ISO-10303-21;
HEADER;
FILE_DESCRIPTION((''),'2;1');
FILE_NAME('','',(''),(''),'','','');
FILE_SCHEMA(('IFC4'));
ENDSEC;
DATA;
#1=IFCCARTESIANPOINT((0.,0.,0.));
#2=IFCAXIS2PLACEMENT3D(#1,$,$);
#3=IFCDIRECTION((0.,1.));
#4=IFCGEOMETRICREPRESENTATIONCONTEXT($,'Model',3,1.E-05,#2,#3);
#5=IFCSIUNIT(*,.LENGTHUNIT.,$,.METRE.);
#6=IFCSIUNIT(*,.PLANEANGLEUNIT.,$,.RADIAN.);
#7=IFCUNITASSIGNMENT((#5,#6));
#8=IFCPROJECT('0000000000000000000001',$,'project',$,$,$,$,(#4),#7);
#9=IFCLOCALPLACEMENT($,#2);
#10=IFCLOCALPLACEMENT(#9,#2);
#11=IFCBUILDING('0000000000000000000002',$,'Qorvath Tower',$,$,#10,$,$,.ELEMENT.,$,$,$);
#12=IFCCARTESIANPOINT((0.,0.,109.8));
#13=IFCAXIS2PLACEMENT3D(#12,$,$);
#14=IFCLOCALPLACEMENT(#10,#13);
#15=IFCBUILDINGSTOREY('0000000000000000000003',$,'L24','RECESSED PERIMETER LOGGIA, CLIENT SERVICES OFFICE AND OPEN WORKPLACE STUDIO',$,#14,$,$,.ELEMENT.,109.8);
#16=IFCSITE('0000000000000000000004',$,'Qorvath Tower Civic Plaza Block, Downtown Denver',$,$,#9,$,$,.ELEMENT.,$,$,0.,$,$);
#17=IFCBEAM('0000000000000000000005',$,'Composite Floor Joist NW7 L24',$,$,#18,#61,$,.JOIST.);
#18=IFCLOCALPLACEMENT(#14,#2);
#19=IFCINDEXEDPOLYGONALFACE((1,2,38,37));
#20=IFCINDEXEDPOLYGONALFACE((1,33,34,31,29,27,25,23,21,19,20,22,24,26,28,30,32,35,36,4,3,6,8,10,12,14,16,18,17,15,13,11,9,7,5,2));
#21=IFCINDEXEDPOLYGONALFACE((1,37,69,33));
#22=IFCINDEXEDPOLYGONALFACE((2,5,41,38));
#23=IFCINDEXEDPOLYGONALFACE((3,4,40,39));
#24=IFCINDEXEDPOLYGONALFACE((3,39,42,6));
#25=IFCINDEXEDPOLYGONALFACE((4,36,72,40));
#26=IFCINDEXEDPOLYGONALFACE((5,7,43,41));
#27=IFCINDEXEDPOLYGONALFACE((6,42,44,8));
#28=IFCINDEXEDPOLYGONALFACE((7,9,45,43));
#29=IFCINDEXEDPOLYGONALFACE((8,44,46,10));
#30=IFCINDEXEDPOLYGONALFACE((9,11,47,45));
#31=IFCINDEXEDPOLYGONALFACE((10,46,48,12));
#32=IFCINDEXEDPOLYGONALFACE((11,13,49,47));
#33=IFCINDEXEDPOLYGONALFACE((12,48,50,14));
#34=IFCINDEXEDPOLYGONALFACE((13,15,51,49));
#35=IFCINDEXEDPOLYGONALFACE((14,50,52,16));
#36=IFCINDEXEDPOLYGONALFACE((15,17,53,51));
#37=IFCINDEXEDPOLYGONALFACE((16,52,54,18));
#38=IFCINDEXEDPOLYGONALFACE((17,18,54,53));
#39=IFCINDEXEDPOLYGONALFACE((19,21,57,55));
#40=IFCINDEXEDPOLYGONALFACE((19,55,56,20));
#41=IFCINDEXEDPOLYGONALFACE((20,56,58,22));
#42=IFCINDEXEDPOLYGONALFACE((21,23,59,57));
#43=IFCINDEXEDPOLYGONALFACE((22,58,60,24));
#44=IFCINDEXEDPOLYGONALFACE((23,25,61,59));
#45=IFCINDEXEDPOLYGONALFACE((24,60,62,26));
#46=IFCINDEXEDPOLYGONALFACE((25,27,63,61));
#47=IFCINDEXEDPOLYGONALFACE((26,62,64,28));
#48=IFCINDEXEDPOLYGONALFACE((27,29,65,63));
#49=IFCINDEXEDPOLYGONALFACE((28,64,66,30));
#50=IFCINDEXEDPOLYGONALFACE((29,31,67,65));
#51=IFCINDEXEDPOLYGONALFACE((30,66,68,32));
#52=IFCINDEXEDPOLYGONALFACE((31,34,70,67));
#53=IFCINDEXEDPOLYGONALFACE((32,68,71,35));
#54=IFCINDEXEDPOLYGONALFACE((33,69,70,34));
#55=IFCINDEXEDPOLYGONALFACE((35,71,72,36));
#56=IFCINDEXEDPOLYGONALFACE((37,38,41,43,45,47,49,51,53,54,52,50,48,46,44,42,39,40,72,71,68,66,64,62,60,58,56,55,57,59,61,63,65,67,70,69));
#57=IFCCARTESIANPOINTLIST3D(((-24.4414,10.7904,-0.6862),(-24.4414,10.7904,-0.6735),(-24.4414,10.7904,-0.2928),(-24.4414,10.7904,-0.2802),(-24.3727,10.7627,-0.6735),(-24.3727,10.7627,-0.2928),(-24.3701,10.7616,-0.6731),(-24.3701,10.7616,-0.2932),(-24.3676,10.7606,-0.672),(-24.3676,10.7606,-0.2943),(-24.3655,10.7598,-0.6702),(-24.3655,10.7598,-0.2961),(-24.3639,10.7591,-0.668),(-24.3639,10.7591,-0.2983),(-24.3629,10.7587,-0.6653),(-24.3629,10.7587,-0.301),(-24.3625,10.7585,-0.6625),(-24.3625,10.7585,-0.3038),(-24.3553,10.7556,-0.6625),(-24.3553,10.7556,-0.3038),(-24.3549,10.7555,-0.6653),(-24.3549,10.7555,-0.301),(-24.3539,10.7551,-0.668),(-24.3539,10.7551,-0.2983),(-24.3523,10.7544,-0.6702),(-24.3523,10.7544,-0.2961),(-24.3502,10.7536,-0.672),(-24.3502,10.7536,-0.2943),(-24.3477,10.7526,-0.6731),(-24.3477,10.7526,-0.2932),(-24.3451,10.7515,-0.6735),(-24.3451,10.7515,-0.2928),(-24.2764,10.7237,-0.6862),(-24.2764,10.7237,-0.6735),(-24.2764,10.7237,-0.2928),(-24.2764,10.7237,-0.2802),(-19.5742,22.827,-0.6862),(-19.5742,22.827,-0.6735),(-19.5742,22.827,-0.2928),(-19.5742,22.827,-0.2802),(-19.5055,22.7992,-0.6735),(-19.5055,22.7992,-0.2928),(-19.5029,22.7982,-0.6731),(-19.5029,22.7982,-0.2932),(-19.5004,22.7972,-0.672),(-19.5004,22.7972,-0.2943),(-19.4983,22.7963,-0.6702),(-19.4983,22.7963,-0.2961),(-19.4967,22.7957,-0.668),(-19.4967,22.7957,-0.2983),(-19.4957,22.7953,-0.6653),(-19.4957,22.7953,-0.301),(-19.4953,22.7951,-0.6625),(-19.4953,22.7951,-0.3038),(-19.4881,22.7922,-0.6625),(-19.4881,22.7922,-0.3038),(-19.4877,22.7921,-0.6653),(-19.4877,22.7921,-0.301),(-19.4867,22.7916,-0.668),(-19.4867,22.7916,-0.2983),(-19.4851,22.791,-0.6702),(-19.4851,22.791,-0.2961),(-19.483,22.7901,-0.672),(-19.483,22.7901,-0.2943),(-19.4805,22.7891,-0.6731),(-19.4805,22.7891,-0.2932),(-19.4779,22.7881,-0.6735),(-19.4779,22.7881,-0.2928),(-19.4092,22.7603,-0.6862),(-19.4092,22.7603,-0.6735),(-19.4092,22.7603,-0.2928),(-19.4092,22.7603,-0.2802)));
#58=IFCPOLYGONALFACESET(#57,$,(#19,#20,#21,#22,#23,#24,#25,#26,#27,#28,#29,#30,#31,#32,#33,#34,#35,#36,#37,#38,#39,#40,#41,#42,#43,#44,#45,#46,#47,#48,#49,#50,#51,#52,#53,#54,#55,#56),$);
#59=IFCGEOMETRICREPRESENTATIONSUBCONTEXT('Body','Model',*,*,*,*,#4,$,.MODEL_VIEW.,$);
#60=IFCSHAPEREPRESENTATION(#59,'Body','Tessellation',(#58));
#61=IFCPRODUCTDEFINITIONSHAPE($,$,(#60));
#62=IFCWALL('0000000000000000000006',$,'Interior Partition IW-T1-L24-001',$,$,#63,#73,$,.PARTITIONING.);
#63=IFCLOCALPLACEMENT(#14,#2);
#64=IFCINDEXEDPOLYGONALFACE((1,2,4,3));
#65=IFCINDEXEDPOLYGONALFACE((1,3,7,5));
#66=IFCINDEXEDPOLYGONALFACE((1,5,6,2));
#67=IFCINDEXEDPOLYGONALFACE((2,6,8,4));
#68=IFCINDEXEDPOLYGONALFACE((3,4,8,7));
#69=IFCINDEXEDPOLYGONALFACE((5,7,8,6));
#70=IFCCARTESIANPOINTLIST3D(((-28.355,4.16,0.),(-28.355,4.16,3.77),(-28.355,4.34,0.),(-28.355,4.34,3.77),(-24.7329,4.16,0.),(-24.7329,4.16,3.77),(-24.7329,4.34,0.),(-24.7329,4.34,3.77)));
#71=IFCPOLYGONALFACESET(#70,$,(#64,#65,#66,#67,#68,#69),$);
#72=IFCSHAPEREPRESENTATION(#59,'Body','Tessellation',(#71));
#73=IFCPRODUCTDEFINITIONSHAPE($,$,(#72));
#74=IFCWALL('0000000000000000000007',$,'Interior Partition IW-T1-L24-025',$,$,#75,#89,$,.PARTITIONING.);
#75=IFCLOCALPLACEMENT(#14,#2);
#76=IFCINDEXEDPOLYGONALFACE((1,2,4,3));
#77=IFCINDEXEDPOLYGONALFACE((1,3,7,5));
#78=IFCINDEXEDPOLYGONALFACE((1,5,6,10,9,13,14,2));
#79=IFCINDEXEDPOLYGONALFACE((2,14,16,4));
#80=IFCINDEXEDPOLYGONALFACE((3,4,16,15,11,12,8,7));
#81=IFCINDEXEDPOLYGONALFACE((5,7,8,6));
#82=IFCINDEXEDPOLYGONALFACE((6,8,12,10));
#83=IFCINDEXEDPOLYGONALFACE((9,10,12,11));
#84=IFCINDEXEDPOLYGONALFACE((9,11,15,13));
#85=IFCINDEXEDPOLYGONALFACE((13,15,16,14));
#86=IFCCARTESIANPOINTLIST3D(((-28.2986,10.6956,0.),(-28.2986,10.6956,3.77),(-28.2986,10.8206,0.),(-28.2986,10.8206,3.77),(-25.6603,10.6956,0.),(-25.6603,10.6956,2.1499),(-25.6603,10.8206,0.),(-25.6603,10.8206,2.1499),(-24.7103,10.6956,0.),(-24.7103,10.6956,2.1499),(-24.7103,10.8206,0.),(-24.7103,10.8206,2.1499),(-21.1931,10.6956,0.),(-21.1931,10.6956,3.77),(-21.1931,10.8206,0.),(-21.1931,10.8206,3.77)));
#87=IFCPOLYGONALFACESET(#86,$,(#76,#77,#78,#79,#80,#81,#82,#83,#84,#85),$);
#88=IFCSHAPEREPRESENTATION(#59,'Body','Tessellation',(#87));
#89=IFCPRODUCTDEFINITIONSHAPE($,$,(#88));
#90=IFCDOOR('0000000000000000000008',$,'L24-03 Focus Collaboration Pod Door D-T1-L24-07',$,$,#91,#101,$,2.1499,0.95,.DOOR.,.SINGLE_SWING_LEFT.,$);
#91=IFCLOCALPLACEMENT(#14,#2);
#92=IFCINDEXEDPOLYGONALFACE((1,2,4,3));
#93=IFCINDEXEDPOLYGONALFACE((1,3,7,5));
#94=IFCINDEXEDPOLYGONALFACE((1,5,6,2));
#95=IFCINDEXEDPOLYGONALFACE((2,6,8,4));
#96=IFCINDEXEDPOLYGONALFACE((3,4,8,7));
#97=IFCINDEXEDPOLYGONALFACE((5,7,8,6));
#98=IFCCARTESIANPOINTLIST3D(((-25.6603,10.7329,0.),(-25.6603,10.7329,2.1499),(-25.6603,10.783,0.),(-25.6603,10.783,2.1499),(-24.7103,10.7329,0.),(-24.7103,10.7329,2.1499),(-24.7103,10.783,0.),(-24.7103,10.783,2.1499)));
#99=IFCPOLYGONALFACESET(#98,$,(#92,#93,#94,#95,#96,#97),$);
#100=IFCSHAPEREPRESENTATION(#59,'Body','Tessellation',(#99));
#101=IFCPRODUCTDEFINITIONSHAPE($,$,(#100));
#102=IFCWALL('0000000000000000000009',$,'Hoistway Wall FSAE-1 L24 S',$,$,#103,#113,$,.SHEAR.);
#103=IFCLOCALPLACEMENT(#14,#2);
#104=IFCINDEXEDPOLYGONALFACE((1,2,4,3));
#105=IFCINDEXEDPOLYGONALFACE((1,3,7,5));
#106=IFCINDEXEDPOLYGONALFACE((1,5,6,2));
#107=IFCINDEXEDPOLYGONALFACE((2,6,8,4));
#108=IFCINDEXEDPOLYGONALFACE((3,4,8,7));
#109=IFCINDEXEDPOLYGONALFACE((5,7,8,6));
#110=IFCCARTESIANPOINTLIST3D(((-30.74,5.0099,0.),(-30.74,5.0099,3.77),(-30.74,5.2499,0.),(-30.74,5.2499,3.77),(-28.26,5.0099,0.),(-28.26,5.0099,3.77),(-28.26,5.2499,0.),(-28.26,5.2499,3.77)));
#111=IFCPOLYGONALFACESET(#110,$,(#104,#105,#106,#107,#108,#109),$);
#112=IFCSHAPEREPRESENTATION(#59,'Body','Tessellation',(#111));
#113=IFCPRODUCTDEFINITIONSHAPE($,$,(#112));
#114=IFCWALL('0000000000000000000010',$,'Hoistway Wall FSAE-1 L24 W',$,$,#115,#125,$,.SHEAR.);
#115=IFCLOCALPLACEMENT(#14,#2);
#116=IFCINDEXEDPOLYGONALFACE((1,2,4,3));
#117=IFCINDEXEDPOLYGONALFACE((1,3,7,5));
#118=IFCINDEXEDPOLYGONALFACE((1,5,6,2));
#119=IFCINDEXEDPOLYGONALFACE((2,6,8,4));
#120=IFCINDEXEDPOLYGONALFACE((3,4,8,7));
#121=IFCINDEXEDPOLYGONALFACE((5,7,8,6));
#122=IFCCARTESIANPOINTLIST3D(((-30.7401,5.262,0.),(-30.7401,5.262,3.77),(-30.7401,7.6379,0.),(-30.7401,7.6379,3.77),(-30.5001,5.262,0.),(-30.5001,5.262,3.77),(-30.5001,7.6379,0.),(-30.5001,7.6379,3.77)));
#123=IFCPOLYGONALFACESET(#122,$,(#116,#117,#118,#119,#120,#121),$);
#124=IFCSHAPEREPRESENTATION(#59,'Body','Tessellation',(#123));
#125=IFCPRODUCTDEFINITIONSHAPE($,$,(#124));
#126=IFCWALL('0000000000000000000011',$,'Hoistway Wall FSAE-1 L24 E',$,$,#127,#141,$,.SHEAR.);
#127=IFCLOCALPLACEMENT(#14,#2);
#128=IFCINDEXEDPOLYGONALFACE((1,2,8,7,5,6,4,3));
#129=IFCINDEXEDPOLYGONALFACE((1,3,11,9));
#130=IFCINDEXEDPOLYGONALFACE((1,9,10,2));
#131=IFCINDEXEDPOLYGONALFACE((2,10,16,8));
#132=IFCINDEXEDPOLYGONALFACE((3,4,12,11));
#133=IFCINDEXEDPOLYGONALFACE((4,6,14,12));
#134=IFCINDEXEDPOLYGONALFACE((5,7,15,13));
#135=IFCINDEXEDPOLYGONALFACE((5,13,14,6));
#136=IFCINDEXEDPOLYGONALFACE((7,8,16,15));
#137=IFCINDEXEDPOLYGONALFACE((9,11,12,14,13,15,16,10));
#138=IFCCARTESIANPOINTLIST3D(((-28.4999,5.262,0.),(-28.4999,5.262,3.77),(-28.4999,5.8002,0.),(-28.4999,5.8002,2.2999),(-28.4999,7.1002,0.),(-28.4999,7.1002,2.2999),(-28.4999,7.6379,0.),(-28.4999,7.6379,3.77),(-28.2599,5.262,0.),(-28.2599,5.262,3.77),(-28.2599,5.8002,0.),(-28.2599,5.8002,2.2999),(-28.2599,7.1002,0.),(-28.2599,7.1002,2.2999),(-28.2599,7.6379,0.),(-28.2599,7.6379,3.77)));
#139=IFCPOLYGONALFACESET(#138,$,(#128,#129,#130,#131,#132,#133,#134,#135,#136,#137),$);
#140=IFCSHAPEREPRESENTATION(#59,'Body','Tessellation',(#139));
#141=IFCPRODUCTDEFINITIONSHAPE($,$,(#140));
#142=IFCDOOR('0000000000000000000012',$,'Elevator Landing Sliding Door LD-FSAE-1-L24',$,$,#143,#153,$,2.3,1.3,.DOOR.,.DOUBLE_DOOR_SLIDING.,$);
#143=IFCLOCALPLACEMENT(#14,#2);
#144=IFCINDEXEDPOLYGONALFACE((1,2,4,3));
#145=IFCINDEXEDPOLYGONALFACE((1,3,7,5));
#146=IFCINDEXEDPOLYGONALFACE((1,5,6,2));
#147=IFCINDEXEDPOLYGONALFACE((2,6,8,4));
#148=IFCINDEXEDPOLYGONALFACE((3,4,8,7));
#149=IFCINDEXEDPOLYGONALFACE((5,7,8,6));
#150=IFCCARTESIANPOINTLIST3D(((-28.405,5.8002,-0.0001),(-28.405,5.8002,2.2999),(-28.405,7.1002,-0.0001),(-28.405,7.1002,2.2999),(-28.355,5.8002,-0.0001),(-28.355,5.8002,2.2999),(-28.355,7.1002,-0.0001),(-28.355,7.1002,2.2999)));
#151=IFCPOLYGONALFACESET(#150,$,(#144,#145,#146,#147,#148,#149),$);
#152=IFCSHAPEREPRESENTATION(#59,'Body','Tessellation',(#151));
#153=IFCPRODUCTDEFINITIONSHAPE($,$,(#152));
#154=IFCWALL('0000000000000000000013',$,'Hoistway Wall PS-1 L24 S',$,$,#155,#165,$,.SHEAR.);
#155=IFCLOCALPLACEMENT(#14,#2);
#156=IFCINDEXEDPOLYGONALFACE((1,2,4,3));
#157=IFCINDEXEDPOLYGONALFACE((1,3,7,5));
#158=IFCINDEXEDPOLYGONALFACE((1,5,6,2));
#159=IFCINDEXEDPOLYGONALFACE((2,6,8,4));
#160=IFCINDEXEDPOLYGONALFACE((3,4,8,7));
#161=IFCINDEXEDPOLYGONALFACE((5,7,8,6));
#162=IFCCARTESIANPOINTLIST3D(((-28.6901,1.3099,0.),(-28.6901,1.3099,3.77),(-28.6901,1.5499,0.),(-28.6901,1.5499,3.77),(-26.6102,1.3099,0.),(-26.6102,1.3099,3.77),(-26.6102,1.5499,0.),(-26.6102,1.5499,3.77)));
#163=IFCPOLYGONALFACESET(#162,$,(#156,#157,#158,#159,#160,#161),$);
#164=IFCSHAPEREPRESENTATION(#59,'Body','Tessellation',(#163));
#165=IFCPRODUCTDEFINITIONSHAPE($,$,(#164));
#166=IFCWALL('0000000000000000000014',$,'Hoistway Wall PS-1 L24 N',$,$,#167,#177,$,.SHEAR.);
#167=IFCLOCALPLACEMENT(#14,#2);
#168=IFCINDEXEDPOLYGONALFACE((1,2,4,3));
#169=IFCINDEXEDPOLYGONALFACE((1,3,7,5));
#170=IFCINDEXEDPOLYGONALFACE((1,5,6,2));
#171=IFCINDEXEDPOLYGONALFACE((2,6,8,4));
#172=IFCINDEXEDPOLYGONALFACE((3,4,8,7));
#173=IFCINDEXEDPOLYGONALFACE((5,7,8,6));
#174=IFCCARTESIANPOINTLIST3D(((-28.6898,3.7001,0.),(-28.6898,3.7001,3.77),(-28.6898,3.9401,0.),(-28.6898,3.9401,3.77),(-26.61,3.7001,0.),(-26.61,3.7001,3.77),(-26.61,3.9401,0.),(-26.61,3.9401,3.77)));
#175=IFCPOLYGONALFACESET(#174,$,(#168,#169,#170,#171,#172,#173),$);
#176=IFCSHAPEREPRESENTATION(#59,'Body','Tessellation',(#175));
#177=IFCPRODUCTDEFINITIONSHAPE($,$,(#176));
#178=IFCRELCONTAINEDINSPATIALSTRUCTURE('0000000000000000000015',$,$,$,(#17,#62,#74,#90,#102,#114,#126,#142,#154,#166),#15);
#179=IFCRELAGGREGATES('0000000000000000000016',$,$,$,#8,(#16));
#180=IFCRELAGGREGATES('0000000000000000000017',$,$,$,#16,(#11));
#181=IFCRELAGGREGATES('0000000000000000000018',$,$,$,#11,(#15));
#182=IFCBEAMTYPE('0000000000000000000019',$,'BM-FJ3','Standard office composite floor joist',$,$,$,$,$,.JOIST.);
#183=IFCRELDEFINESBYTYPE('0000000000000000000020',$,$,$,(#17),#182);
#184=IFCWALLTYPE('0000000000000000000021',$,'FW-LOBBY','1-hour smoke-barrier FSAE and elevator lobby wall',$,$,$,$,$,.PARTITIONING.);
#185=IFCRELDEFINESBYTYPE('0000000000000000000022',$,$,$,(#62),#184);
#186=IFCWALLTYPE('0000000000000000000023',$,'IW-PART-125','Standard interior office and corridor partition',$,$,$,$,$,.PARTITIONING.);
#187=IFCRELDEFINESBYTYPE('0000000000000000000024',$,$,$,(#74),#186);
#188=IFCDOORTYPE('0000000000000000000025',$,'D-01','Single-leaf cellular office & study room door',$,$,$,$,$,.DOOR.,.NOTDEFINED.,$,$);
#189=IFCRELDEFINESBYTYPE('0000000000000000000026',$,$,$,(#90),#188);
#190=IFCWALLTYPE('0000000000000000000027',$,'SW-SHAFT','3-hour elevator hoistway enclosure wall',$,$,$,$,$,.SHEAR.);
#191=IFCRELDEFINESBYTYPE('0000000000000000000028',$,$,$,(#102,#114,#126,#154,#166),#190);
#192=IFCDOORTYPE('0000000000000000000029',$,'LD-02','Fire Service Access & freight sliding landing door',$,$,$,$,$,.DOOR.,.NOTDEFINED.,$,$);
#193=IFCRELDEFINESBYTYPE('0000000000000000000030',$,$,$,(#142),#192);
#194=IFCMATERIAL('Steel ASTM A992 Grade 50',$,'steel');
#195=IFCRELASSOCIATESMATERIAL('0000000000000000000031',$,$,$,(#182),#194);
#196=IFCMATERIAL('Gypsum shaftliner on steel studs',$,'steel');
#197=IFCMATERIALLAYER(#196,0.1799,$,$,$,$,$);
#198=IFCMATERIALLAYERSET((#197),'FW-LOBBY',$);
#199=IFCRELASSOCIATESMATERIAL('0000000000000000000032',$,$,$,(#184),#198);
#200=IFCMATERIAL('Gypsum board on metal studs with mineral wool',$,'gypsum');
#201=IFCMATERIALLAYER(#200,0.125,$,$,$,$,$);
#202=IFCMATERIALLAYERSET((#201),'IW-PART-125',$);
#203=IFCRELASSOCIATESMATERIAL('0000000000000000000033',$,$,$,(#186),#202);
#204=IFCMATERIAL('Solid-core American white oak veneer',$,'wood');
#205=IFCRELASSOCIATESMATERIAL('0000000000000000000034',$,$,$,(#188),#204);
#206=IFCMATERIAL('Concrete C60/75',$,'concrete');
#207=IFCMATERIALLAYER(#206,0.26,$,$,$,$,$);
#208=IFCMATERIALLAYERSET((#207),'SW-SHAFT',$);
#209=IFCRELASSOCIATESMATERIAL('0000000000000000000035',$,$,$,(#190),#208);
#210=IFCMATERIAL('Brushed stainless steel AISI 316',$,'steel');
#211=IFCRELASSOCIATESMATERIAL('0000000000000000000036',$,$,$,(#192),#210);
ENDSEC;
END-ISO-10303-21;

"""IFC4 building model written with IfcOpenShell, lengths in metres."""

from ifc_helpers import new_model, si_unit, direction, frame, frame_2d, origin, origin_2d, place, context, subcontext, project, spatial, rectangle, i_section, extrude, material, layer, layer_set, material_profile, profile_set, type_object, element, fill, save


model = new_model("IFC4")

# Units and contexts
model_context = context("Model", 3, precision=1e-05, world=origin(), true_north=direction((0.0, 1.0)))
body_context = subcontext(model_context, "Body", "Model", "MODEL_VIEW")
ifc_project = project(units=[si_unit("LENGTHUNIT", "METRE"), si_unit("PLANEANGLEUNIT", "RADIAN")], contexts=[model_context])

# Site, building, storey
site_placement = place(None, origin())
site = spatial("IfcSite", under=ifc_project, at=site_placement, Name="Qorvath Tower Civic Plaza Block, Downtown Denver", CompositionType="ELEMENT", RefElevation=0.0)
building_placement = place(site_placement, origin())
building = spatial("IfcBuilding", under=site, at=building_placement, Name="Qorvath Tower", CompositionType="ELEMENT")
storey_placement = place(building_placement, frame((0.0, 0.0, 109.8)))
storey = spatial("IfcBuildingStorey", under=building, at=storey_placement, Name="L24", Description="RECESSED PERIMETER LOGGIA, CLIENT SERVICES OFFICE AND OPEN WORKPLACE STUDIO", CompositionType="ELEMENT", Elevation=109.8)

# Beam
ifc_material_1 = material(Name="Steel ASTM A992 Grade 50", Category="steel")
ifc_material_profile_1 = material_profile(ifc_material_1, i_section(OverallWidth=0.178, OverallDepth=0.406, WebThickness=0.0078, FlangeThickness=0.0127, FilletRadius=0.011, at=origin_2d()), Name="W16x40")
ifc_profile_set_1 = profile_set([ifc_material_profile_1], Name="Steel ASTM A992 Grade 50")
beam_type_1 = type_object("IfcBeamType", Name="BM-FJ3", Description="Standard office composite floor joist", PredefinedType="JOIST", material=ifc_profile_set_1)
beam_1_placement = place(storey_placement, frame((-24.3589, 10.7571, -0.4832), z_axis=(0.374877, 0.927075, 0.0), x_axis=(-0.927075, 0.374877, 0.0)))
element("IfcBeam", 1, at=beam_1_placement, inside=storey, type_object=beam_type_1, Name="Composite Floor Joist NW7 L24", PredefinedType="JOIST", context=body_context, shape_type="SweptSolid", body=[
    extrude(i_section(OverallWidth=0.178, OverallDepth=0.406, WebThickness=0.0078, FlangeThickness=0.0127, FilletRadius=0.011, at=origin_2d()), origin(), (0.0, 0.0, 1.0), 12.9834),
])

# Wall
ifc_material_2 = material(Name="Gypsum shaftliner on steel studs", Category="steel")
ifc_layer_1 = layer(ifc_material_2, 0.1799)
ifc_layer_set_1 = layer_set([ifc_layer_1], Name="FW-LOBBY")
wall_type_1 = type_object("IfcWallType", Name="FW-LOBBY", Description="1-hour smoke-barrier FSAE and elevator lobby wall", PredefinedType="PARTITIONING", material=ifc_layer_set_1)
wall_1_placement = place(storey_placement, frame((-28.355, 4.25, 0.0), z_axis=(0.0, 0.0, 1.0), x_axis=(1.0, 0.0, 0.0)))
element("IfcWall", 2, at=wall_1_placement, inside=storey, type_object=wall_type_1, Name="Interior Partition IW-T1-L24-001", PredefinedType="PARTITIONING", context=body_context, shape_type="SweptSolid", body=[
    extrude(rectangle(XDim=3.6221, YDim=0.1799, at=frame_2d((1.811, 0.0))), origin(), (0.0, 0.0, 1.0), 3.77),
])

# Wall, opening, door
ifc_material_3 = material(Name="Gypsum board on metal studs with mineral wool", Category="gypsum")
ifc_layer_2 = layer(ifc_material_3, 0.125)
ifc_layer_set_2 = layer_set([ifc_layer_2], Name="IW-PART-125")
wall_type_2 = type_object("IfcWallType", Name="IW-PART-125", Description="Standard interior office and corridor partition", PredefinedType="PARTITIONING", material=ifc_layer_set_2)
wall_2_placement = place(storey_placement, frame((-28.2986, 10.7581, 0.0), z_axis=(0.0, 0.0, 1.0), x_axis=(1.0, 0.0, 0.0)))
wall_2 = element("IfcWall", 3, at=wall_2_placement, inside=storey, type_object=wall_type_2, Name="Interior Partition IW-T1-L24-025", PredefinedType="PARTITIONING", context=body_context, shape_type="SweptSolid", body=[
    extrude(rectangle(XDim=7.1055, YDim=0.125, at=frame_2d((3.5527, 0.0))), origin(), (0.0, 0.0, 1.0), 3.77),
])
opening_1_placement = place(wall_2_placement, frame((2.6382, 0.0, 0.0)))
opening_1 = element("IfcOpeningElement", 4, at=opening_1_placement, cuts=wall_2, PredefinedType="OPENING", context=body_context, shape_type="SweptSolid", body=[
    extrude(rectangle(XDim=0.95, YDim=2.1499, at=frame_2d((0.4751, 1.075))), frame((0.0, 0.0725, 0.0), z_axis=(0.0, -1.0, 0.0), x_axis=(1.0, 0.0, 0.0)), (0.0, 0.0, 1.0), 0.145),
])
ifc_material_4 = material(Name="Solid-core American white oak veneer", Category="wood")
door_type_1 = type_object("IfcDoorType", Name="D-01", Description="Single-leaf cellular office & study room door", OperationType="NOTDEFINED", PredefinedType="DOOR", material=ifc_material_4)
door_1_placement = place(opening_1_placement, origin())
door_1 = element("IfcDoor", 5, at=door_1_placement, inside=storey, type_object=door_type_1, Name="L24-03 Focus Collaboration Pod Door D-T1-L24-07", OperationType="SINGLE_SWING_LEFT", OverallHeight=2.1499, OverallWidth=0.95, PredefinedType="DOOR", context=body_context, shape_type="SweptSolid", body=[
    extrude(rectangle(XDim=0.95, YDim=2.1499, at=frame_2d((0.4751, 1.075))), frame((0.0, 0.0249, 0.0), z_axis=(0.0, -1.0, 0.0), x_axis=(1.0, 0.0, 0.0)), (0.0, 0.0, 1.0), 0.05),
])
fill(opening_1, door_1)

# Walls
ifc_material_5 = material(Name="Concrete C60/75", Category="concrete")
ifc_layer_3 = layer(ifc_material_5, 0.26)
ifc_layer_set_3 = layer_set([ifc_layer_3], Name="SW-SHAFT")
wall_type_3 = type_object("IfcWallType", Name="SW-SHAFT", Description="3-hour elevator hoistway enclosure wall", PredefinedType="SHEAR", material=ifc_layer_set_3)
wall_3_placement = place(storey_placement, frame((-28.26, 5.1299, 0.0), z_axis=(0.0, 0.0, 1.0), x_axis=(-1.0, 0.0, 0.0)))
element("IfcWall", 6, at=wall_3_placement, inside=storey, type_object=wall_type_3, Name="Hoistway Wall FSAE-1 L24 S", PredefinedType="SHEAR", context=body_context, shape_type="SweptSolid", body=[
    extrude(rectangle(XDim=2.48, YDim=0.24, at=frame_2d((1.24, 0.0))), origin(), (0.0, 0.0, 1.0), 3.77),
])
wall_4_placement = place(storey_placement, frame((-30.6201, 5.262, 0.0), z_axis=(0.0, 0.0, 1.0), x_axis=(0.0, 1.0, 0.0)))
element("IfcWall", 7, at=wall_4_placement, inside=storey, type_object=wall_type_3, Name="Hoistway Wall FSAE-1 L24 W", PredefinedType="SHEAR", context=body_context, shape_type="SweptSolid", body=[
    extrude(rectangle(XDim=2.376, YDim=0.24, at=frame_2d((1.188, 0.0))), origin(), (0.0, 0.0, 1.0), 3.77),
])

# Wall, opening, door
wall_5_placement = place(storey_placement, frame((-28.3799, 7.6379, 0.0), z_axis=(0.0, 0.0, 1.0), x_axis=(0.0, -1.0, 0.0)))
wall_5 = element("IfcWall", 8, at=wall_5_placement, inside=storey, type_object=wall_type_3, Name="Hoistway Wall FSAE-1 L24 E", PredefinedType="SHEAR", context=body_context, shape_type="SweptSolid", body=[
    extrude(rectangle(XDim=2.376, YDim=0.24, at=frame_2d((1.188, 0.0))), origin(), (0.0, 0.0, 1.0), 3.77),
])
opening_2_placement = place(wall_5_placement, frame((0.5378, 0.0, 0.0)))
opening_2 = element("IfcOpeningElement", 9, at=opening_2_placement, cuts=wall_5, PredefinedType="OPENING", context=body_context, shape_type="SweptSolid", body=[
    extrude(rectangle(XDim=1.3, YDim=2.3, at=frame_2d((0.6499, 1.1499))), frame((0.0, 0.1299, 0.0), z_axis=(0.0, -1.0, 0.0), x_axis=(1.0, 0.0, 0.0)), (0.0, 0.0, 1.0), 0.26),
])
ifc_material_6 = material(Name="Brushed stainless steel AISI 316", Category="steel")
door_type_2 = type_object("IfcDoorType", Name="LD-02", Description="Fire Service Access & freight sliding landing door", OperationType="NOTDEFINED", PredefinedType="DOOR", material=ifc_material_6)
door_2_placement = place(opening_2_placement, origin())
door_2 = element("IfcDoor", 10, at=door_2_placement, inside=storey, type_object=door_type_2, Name="Elevator Landing Sliding Door LD-FSAE-1-L24", OperationType="DOUBLE_DOOR_SLIDING", OverallHeight=2.3, OverallWidth=1.3, PredefinedType="DOOR", context=body_context, shape_type="SweptSolid", body=[
    extrude(rectangle(XDim=1.3, YDim=2.3, at=frame_2d((0.6499, 1.1499))), frame((0.0, 0.0249, 0.0), z_axis=(0.0, -1.0, 0.0), x_axis=(1.0, 0.0, 0.0)), (0.0, 0.0, 1.0), 0.05),
])
fill(opening_2, door_2)

# Walls
for number, where, z_axis, x_axis, name in (
    (11, (-26.6101, 1.4299, 0.0), (0.0, 0.0, 1.0), (-1.0, 0.0, 0.0), "Hoistway Wall PS-1 L24 S"),
    (12, (-28.6899, 3.8201, 0.0), (0.0, 0.0, 1.0), (1.0, 0.0, 0.0), "Hoistway Wall PS-1 L24 N"),
):
    element("IfcWall", number, at=place(storey_placement, frame(where, z_axis=z_axis, x_axis=x_axis)), inside=storey, type_object=wall_type_3, Name=name, PredefinedType="SHEAR", context=body_context, shape_type="SweptSolid", body=[
        extrude(rectangle(XDim=2.0798, YDim=0.24, at=frame_2d((1.04, 0.0))), origin(), (0.0, 0.0, 1.0), 3.77),
    ])

save(model, "model.ifc")
